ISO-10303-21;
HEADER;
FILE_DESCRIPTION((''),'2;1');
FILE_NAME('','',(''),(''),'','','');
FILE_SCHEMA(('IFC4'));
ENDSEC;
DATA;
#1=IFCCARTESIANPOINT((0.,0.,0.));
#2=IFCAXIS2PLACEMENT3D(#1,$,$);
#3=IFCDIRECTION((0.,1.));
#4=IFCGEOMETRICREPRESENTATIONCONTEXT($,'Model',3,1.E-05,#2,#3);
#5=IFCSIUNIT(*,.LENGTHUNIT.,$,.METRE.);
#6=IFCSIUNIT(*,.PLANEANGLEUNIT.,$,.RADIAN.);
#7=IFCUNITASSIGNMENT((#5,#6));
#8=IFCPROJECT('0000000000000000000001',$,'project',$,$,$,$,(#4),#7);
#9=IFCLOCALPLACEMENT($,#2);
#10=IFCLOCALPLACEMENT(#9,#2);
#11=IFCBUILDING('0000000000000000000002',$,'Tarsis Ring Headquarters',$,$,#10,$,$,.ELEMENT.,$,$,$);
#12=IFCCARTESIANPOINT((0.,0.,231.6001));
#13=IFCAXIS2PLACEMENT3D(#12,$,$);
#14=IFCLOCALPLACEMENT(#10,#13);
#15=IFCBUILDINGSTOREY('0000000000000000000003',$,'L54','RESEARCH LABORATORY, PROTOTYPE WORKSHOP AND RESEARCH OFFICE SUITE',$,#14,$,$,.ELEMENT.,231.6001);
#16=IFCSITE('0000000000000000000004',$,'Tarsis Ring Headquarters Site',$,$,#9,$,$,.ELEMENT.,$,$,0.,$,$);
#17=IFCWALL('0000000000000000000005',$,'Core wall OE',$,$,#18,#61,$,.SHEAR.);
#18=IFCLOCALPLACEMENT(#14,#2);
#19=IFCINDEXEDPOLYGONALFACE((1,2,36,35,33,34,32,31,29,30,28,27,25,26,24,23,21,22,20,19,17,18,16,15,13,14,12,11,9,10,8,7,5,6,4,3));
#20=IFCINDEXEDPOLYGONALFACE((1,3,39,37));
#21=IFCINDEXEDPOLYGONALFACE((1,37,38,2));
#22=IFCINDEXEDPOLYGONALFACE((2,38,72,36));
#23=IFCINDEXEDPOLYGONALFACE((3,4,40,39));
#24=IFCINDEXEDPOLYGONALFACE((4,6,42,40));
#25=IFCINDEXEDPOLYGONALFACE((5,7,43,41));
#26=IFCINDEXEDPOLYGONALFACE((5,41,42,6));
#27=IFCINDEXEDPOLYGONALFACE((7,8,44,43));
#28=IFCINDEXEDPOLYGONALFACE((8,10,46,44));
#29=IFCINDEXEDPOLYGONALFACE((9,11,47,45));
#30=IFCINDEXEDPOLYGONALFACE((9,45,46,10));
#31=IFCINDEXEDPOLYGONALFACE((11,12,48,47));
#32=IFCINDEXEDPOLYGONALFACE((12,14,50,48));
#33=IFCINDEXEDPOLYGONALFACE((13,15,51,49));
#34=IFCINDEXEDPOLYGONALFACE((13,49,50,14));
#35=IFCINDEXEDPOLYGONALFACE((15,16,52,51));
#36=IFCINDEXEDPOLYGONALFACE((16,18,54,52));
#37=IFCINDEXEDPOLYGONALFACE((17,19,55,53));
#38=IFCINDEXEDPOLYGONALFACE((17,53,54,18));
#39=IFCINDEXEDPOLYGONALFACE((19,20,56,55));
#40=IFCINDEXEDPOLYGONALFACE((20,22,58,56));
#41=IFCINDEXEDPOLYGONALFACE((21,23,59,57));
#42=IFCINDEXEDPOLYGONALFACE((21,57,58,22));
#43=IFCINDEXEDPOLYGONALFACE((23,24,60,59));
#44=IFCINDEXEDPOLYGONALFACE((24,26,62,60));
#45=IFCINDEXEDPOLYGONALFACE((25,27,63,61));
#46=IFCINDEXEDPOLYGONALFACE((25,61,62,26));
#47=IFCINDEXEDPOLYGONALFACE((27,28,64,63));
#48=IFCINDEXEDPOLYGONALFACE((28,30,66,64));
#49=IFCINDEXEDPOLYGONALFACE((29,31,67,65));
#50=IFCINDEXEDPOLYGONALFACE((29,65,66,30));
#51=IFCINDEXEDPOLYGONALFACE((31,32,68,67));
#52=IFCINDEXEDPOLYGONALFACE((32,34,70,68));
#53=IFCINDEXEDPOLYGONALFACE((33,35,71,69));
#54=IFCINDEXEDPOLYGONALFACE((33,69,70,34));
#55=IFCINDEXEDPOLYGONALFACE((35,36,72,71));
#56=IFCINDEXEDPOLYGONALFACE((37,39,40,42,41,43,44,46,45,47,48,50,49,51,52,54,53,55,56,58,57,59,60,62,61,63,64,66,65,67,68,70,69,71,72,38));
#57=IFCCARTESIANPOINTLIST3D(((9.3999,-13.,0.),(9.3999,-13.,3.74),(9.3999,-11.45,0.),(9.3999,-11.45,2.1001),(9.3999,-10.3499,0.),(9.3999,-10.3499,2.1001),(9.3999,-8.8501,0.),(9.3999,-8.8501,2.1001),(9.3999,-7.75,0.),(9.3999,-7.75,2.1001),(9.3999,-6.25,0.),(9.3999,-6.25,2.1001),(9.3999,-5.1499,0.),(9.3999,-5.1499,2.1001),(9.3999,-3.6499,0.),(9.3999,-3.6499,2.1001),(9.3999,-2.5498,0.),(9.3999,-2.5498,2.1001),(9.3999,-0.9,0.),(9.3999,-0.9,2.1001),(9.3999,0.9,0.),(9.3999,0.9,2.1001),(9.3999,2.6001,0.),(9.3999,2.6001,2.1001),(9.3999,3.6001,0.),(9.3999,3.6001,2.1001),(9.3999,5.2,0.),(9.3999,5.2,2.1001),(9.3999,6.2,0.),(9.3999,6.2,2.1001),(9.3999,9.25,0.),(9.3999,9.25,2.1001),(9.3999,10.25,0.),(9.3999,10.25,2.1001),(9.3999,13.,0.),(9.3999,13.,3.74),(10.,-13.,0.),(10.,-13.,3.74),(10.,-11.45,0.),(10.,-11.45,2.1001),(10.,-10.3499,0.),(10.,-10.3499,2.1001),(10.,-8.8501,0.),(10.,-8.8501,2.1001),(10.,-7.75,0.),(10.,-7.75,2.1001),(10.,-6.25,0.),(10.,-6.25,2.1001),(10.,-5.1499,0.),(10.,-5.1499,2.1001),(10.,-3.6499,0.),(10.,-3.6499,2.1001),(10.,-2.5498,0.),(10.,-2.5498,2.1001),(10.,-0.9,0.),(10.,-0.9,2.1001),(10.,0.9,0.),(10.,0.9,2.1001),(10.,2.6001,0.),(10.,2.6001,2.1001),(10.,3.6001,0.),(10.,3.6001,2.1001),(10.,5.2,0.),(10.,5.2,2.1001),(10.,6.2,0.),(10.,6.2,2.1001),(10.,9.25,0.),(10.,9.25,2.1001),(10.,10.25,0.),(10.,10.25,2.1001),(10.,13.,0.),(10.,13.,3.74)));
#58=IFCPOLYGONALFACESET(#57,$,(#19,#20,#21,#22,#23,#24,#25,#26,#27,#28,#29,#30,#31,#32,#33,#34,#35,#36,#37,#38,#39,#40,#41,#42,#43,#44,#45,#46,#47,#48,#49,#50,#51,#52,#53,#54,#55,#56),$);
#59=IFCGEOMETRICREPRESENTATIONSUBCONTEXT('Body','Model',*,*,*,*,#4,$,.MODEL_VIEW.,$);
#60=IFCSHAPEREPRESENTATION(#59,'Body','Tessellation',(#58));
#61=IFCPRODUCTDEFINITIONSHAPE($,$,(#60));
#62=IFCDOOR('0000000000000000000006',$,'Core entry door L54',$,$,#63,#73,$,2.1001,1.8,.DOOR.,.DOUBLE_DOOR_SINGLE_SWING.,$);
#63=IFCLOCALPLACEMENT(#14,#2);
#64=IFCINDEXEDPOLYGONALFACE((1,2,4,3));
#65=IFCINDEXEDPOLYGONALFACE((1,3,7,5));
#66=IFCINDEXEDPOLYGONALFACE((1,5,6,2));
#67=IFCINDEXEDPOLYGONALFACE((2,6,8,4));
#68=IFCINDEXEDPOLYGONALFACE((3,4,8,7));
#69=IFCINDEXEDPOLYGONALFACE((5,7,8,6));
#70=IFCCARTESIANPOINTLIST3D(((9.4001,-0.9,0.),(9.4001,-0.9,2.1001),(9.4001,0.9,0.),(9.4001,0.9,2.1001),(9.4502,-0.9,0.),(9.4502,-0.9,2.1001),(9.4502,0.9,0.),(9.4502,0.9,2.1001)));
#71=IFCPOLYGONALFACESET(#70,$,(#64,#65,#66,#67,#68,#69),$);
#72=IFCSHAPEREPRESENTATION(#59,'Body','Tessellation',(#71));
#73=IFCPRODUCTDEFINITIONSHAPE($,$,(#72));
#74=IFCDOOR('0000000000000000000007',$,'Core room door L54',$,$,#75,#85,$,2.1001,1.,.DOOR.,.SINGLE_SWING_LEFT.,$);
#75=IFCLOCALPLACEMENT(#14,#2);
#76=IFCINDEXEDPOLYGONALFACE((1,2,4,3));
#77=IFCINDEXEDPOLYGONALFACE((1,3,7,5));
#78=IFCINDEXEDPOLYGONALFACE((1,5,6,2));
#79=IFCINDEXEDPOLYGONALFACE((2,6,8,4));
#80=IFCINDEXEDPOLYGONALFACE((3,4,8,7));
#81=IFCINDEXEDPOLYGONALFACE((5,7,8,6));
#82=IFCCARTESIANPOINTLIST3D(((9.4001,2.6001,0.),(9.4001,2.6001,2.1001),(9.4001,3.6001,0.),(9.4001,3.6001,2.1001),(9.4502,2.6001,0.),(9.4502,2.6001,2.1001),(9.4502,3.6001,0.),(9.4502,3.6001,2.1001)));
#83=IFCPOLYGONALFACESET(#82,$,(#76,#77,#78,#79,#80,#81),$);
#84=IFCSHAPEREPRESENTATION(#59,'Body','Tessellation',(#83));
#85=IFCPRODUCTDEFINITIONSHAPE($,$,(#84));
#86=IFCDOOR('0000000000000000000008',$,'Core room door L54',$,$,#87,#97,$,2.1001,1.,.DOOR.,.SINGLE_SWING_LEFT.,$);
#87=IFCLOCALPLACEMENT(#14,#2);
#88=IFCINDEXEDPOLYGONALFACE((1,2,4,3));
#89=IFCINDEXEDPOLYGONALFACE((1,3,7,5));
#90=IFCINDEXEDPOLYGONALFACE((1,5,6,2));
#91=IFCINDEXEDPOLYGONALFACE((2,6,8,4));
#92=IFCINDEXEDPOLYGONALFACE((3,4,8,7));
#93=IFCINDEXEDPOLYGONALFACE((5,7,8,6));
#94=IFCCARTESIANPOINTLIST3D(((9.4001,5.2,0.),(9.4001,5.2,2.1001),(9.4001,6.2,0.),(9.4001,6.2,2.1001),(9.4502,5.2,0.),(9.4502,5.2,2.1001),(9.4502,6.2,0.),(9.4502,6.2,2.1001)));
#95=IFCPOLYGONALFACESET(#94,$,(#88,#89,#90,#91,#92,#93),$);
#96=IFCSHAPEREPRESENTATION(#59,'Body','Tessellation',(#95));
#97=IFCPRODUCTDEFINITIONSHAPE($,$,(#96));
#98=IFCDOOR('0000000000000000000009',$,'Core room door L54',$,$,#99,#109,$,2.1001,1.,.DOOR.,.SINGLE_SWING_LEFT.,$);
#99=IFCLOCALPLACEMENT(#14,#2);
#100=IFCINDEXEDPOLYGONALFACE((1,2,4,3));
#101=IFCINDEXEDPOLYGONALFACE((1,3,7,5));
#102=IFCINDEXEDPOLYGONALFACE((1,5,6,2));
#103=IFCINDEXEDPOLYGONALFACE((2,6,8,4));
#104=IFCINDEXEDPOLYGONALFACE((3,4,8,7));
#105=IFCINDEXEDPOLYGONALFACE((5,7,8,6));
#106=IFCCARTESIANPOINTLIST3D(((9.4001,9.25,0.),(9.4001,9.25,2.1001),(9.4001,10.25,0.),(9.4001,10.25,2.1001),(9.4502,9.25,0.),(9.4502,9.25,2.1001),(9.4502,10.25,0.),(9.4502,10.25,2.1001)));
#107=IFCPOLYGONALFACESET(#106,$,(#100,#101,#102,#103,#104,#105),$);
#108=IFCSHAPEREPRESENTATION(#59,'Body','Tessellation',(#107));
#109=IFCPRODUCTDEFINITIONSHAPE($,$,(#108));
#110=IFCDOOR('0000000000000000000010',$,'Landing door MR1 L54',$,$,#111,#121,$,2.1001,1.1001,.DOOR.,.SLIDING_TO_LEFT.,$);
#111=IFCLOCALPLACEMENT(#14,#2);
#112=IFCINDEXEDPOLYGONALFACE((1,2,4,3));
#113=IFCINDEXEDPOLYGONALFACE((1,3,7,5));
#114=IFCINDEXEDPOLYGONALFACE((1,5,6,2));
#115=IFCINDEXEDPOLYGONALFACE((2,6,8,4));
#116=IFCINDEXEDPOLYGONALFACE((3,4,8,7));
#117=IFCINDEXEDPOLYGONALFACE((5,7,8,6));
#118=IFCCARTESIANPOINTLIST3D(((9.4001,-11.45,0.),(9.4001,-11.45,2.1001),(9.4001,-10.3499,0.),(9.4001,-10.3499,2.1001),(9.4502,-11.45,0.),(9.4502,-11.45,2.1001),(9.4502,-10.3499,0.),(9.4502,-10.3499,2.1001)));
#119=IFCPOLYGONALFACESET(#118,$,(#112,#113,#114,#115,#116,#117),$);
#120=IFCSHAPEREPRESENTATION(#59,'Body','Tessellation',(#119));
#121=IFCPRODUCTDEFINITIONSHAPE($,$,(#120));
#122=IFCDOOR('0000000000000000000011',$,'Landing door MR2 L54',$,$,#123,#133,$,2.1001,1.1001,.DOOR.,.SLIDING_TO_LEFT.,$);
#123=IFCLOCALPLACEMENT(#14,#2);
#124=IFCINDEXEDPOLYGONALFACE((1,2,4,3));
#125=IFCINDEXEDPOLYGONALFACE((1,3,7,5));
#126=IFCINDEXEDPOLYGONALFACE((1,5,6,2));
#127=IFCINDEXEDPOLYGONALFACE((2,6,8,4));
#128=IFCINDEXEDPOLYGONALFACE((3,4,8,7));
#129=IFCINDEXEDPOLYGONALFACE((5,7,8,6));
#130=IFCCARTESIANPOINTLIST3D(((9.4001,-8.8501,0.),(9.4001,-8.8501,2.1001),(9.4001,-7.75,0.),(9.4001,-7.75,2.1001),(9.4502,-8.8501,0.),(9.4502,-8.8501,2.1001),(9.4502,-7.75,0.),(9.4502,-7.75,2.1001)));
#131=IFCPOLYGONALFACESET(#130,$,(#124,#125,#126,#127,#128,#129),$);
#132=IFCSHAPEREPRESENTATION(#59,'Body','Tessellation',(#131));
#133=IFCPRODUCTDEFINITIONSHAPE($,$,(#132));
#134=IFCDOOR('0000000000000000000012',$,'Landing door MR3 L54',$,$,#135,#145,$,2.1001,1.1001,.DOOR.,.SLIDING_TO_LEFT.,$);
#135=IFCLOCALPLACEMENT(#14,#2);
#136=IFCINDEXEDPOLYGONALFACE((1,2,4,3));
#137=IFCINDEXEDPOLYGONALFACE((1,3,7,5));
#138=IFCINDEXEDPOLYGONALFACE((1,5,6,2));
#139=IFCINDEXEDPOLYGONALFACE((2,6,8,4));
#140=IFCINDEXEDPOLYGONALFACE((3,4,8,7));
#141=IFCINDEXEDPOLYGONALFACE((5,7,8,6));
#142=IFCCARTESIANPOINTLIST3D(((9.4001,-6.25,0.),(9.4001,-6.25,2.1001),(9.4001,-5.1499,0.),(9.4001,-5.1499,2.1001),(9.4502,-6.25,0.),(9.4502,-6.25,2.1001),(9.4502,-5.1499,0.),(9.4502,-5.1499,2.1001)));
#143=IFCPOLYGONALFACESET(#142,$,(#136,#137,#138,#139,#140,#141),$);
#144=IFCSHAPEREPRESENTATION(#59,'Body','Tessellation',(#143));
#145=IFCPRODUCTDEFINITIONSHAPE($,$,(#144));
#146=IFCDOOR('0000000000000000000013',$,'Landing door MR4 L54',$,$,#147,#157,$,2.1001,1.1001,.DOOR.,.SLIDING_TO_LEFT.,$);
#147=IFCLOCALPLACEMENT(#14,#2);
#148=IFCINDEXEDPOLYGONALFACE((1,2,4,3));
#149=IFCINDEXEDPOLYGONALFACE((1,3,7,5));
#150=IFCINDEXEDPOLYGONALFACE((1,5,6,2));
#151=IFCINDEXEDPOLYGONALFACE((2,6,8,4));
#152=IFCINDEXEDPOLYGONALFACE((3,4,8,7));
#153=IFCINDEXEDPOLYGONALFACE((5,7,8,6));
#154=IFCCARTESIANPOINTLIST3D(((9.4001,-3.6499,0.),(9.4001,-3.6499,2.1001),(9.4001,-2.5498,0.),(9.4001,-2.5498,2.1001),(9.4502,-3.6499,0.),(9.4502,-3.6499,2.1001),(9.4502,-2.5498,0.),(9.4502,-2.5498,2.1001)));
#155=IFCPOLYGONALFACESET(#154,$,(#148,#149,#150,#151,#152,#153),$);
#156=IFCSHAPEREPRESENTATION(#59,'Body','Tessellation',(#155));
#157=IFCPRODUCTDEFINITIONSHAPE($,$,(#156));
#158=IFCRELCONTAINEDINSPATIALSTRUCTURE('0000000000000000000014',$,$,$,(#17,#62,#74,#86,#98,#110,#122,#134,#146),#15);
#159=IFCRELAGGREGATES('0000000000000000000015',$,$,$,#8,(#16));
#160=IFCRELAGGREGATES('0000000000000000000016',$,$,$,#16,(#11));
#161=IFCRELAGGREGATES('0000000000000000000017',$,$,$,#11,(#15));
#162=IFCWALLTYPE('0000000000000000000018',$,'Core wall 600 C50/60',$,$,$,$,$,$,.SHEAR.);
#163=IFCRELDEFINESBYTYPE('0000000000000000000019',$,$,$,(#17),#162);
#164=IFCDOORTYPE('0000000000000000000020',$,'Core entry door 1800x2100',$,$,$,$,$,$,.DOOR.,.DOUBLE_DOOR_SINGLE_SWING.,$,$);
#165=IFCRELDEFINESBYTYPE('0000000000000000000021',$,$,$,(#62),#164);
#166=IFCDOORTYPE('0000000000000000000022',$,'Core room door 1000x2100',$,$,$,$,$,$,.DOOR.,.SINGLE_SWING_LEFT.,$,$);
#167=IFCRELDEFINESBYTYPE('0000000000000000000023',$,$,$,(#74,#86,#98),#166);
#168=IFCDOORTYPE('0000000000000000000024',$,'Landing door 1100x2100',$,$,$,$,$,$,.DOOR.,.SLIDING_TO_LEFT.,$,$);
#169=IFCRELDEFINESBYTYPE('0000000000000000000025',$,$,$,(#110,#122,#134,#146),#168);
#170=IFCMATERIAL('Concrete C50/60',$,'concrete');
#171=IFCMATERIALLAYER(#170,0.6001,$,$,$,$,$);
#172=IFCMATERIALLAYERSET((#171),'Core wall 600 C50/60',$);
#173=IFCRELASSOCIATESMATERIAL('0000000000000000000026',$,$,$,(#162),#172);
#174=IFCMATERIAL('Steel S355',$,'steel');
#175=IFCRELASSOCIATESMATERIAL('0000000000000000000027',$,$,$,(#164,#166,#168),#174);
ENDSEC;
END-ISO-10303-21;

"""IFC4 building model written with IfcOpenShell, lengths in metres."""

from ifc_helpers import new_model, si_unit, direction, frame, frame_2d, origin, place, context, subcontext, project, spatial, rectangle, extrude, material, layer, layer_set, type_object, element, fill, save


model = new_model("IFC4")

# Units and contexts
model_context = context("Model", 3, precision=1e-05, world=origin(), true_north=direction((0.0, 1.0)))
body_context = subcontext(model_context, "Body", "Model", "MODEL_VIEW")
ifc_project = project(units=[si_unit("LENGTHUNIT", "METRE"), si_unit("PLANEANGLEUNIT", "RADIAN")], contexts=[model_context])

# Site, building, storey
site_placement = place(None, origin())
site = spatial("IfcSite", under=ifc_project, at=site_placement, Name="Tarsis Ring Headquarters Site", CompositionType="ELEMENT", RefElevation=0.0)
building_placement = place(site_placement, origin())
building = spatial("IfcBuilding", under=site, at=building_placement, Name="Tarsis Ring Headquarters", CompositionType="ELEMENT")
storey_placement = place(building_placement, frame((0.0, 0.0, 231.6001)))
storey = spatial("IfcBuildingStorey", under=building, at=storey_placement, Name="L54", Description="RESEARCH LABORATORY, PROTOTYPE WORKSHOP AND RESEARCH OFFICE SUITE", CompositionType="ELEMENT", Elevation=231.6001)

# Wall, openings, doors
ifc_material_1 = material(Name="Concrete C50/60", Category="concrete")
ifc_layer_1 = layer(ifc_material_1, 0.6001)
ifc_layer_set_1 = layer_set([ifc_layer_1], Name="Core wall 600 C50/60")
wall_type_1 = type_object("IfcWallType", Name="Core wall 600 C50/60", PredefinedType="SHEAR", material=ifc_layer_set_1)
wall_1_placement = place(storey_placement, frame((9.7, -13.0, 0.0), z_axis=(0.0, 0.0, 1.0), x_axis=(0.0, 1.0, 0.0)))
wall_1 = element("IfcWall", 1, at=wall_1_placement, inside=storey, type_object=wall_type_1, Name="Core wall OE", PredefinedType="SHEAR", context=body_context, shape_type="SweptSolid", body=[
    extrude(rectangle(XDim=26.0, YDim=0.6001, at=frame_2d((13.0, 0.0))), origin(), (0.0, 0.0, 1.0), 3.74),
])
opening_1_placement = place(wall_1_placement, frame((1.55, 0.0, 0.0)))
opening_1 = element("IfcOpeningElement", 2, at=opening_1_placement, cuts=wall_1, PredefinedType="OPENING", context=body_context, shape_type="SweptSolid", body=[
    extrude(rectangle(XDim=1.1001, YDim=2.1001, at=frame_2d((0.55, 1.05))), frame((0.0, 0.3101, 0.0), z_axis=(0.0, -1.0, 0.0), x_axis=(1.0, 0.0, 0.0)), (0.0, 0.0, 1.0), 0.6201),
])
opening_2_placement = place(wall_1_placement, frame((4.1499, 0.0, 0.0)))
opening_2 = element("IfcOpeningElement", 3, at=opening_2_placement, cuts=wall_1, PredefinedType="OPENING", context=body_context, shape_type="SweptSolid", body=[
    extrude(rectangle(XDim=1.1001, YDim=2.1001, at=frame_2d((0.55, 1.05))), frame((0.0, 0.3101, 0.0), z_axis=(0.0, -1.0, 0.0), x_axis=(1.0, 0.0, 0.0)), (0.0, 0.0, 1.0), 0.6201),
])
opening_3_placement = place(wall_1_placement, frame((6.75, 0.0, 0.0)))
opening_3 = element("IfcOpeningElement", 4, at=opening_3_placement, cuts=wall_1, PredefinedType="OPENING", context=body_context, shape_type="SweptSolid", body=[
    extrude(rectangle(XDim=1.1001, YDim=2.1001, at=frame_2d((0.55, 1.05))), frame((0.0, 0.3101, 0.0), z_axis=(0.0, -1.0, 0.0), x_axis=(1.0, 0.0, 0.0)), (0.0, 0.0, 1.0), 0.6201),
])
opening_4_placement = place(wall_1_placement, frame((9.3501, 0.0, 0.0)))
opening_4 = element("IfcOpeningElement", 5, at=opening_4_placement, cuts=wall_1, PredefinedType="OPENING", context=body_context, shape_type="SweptSolid", body=[
    extrude(rectangle(XDim=1.1001, YDim=2.1001, at=frame_2d((0.55, 1.05))), frame((0.0, 0.3101, 0.0), z_axis=(0.0, -1.0, 0.0), x_axis=(1.0, 0.0, 0.0)), (0.0, 0.0, 1.0), 0.6201),
])
opening_5_placement = place(wall_1_placement, frame((12.1001, 0.0, 0.0)))
opening_5 = element("IfcOpeningElement", 6, at=opening_5_placement, cuts=wall_1, PredefinedType="OPENING", context=body_context, shape_type="SweptSolid", body=[
    extrude(rectangle(XDim=1.8, YDim=2.1001, at=frame_2d((0.8999, 1.05))), frame((0.0, 0.3101, 0.0), z_axis=(0.0, -1.0, 0.0), x_axis=(1.0, 0.0, 0.0)), (0.0, 0.0, 1.0), 0.6201),
])
opening_6_placement = place(wall_1_placement, frame((15.6001, 0.0, 0.0)))
opening_6 = element("IfcOpeningElement", 7, at=opening_6_placement, cuts=wall_1, PredefinedType="OPENING", context=body_context, shape_type="SweptSolid", body=[
    extrude(rectangle(XDim=1.0, YDim=2.1001, at=frame_2d((0.5, 1.05))), frame((0.0, 0.3101, 0.0), z_axis=(0.0, -1.0, 0.0), x_axis=(1.0, 0.0, 0.0)), (0.0, 0.0, 1.0), 0.6201),
])
opening_7_placement = place(wall_1_placement, frame((18.2, 0.0, 0.0)))
opening_7 = element("IfcOpeningElement", 8, at=opening_7_placement, cuts=wall_1, PredefinedType="OPENING", context=body_context, shape_type="SweptSolid", body=[
    extrude(rectangle(XDim=1.0, YDim=2.1001, at=frame_2d((0.5, 1.05))), frame((0.0, 0.3101, 0.0), z_axis=(0.0, -1.0, 0.0), x_axis=(1.0, 0.0, 0.0)), (0.0, 0.0, 1.0), 0.6201),
])
opening_8_placement = place(wall_1_placement, frame((22.25, 0.0, 0.0)))
opening_8 = element("IfcOpeningElement", 9, at=opening_8_placement, cuts=wall_1, PredefinedType="OPENING", context=body_context, shape_type="SweptSolid", body=[
    extrude(rectangle(XDim=1.0, YDim=2.1001, at=frame_2d((0.5, 1.05))), frame((0.0, 0.3101, 0.0), z_axis=(0.0, -1.0, 0.0), x_axis=(1.0, 0.0, 0.0)), (0.0, 0.0, 1.0), 0.6201),
])
ifc_material_2 = material(Name="Steel S355", Category="steel")
door_type_1 = type_object("IfcDoorType", Name="Core entry door 1800x2100", OperationType="DOUBLE_DOOR_SINGLE_SWING", PredefinedType="DOOR", material=ifc_material_2)
door_1_placement = place(opening_5_placement, origin())
door_1 = element("IfcDoor", 10, at=door_1_placement, inside=storey, type_object=door_type_1, Name="Core entry door L54", OperationType="DOUBLE_DOOR_SINGLE_SWING", OverallHeight=2.1001, OverallWidth=1.8, PredefinedType="DOOR", context=body_context, shape_type="SweptSolid", body=[
    extrude(rectangle(XDim=1.8, YDim=2.1001, at=frame_2d((0.8999, 1.05))), frame((0.0, 0.2998, 0.0), z_axis=(0.0, -1.0, 0.0), x_axis=(1.0, 0.0, 0.0)), (0.0, 0.0, 1.0), 0.05),
])
fill(opening_5, door_1)
door_type_2 = type_object("IfcDoorType", Name="Core room door 1000x2100", OperationType="SINGLE_SWING_LEFT", PredefinedType="DOOR", material=ifc_material_2)
door_2_placement = place(opening_6_placement, origin())
door_2 = element("IfcDoor", 11, at=door_2_placement, inside=storey, type_object=door_type_2, Name="Core room door L54", OperationType="SINGLE_SWING_LEFT", OverallHeight=2.1001, OverallWidth=1.0, PredefinedType="DOOR", context=body_context, shape_type="SweptSolid", body=[
    extrude(rectangle(XDim=1.0, YDim=2.1001, at=frame_2d((0.5, 1.05))), frame((0.0, 0.2998, 0.0), z_axis=(0.0, -1.0, 0.0), x_axis=(1.0, 0.0, 0.0)), (0.0, 0.0, 1.0), 0.05),
])
fill(opening_6, door_2)
door_3_placement = place(opening_7_placement, origin())
door_3 = element("IfcDoor", 12, at=door_3_placement, inside=storey, type_object=door_type_2, Name="Core room door L54", OperationType="SINGLE_SWING_LEFT", OverallHeight=2.1001, OverallWidth=1.0, PredefinedType="DOOR", context=body_context, shape_type="SweptSolid", body=[
    extrude(rectangle(XDim=1.0, YDim=2.1001, at=frame_2d((0.5, 1.05))), frame((0.0, 0.2998, 0.0), z_axis=(0.0, -1.0, 0.0), x_axis=(1.0, 0.0, 0.0)), (0.0, 0.0, 1.0), 0.05),
])
fill(opening_7, door_3)
door_4_placement = place(opening_8_placement, origin())
door_4 = element("IfcDoor", 13, at=door_4_placement, inside=storey, type_object=door_type_2, Name="Core room door L54", OperationType="SINGLE_SWING_LEFT", OverallHeight=2.1001, OverallWidth=1.0, PredefinedType="DOOR", context=body_context, shape_type="SweptSolid", body=[
    extrude(rectangle(XDim=1.0, YDim=2.1001, at=frame_2d((0.5, 1.05))), frame((0.0, 0.2998, 0.0), z_axis=(0.0, -1.0, 0.0), x_axis=(1.0, 0.0, 0.0)), (0.0, 0.0, 1.0), 0.05),
])
fill(opening_8, door_4)
door_type_3 = type_object("IfcDoorType", Name="Landing door 1100x2100", OperationType="SLIDING_TO_LEFT", PredefinedType="DOOR", material=ifc_material_2)
door_5_placement = place(opening_1_placement, origin())
door_5 = element("IfcDoor", 14, at=door_5_placement, inside=storey, type_object=door_type_3, Name="Landing door MR1 L54", OperationType="SLIDING_TO_LEFT", OverallHeight=2.1001, OverallWidth=1.1001, PredefinedType="DOOR", context=body_context, shape_type="SweptSolid", body=[
    extrude(rectangle(XDim=1.1001, YDim=2.1001, at=frame_2d((0.55, 1.05))), frame((0.0, 0.2998, 0.0), z_axis=(0.0, -1.0, 0.0), x_axis=(1.0, 0.0, 0.0)), (0.0, 0.0, 1.0), 0.05),
])
fill(opening_1, door_5)
door_6_placement = place(opening_2_placement, origin())
door_6 = element("IfcDoor", 15, at=door_6_placement, inside=storey, type_object=door_type_3, Name="Landing door MR2 L54", OperationType="SLIDING_TO_LEFT", OverallHeight=2.1001, OverallWidth=1.1001, PredefinedType="DOOR", context=body_context, shape_type="SweptSolid", body=[
    extrude(rectangle(XDim=1.1001, YDim=2.1001, at=frame_2d((0.55, 1.05))), frame((0.0, 0.2998, 0.0), z_axis=(0.0, -1.0, 0.0), x_axis=(1.0, 0.0, 0.0)), (0.0, 0.0, 1.0), 0.05),
])
fill(opening_2, door_6)
door_7_placement = place(opening_3_placement, origin())
door_7 = element("IfcDoor", 16, at=door_7_placement, inside=storey, type_object=door_type_3, Name="Landing door MR3 L54", OperationType="SLIDING_TO_LEFT", OverallHeight=2.1001, OverallWidth=1.1001, PredefinedType="DOOR", context=body_context, shape_type="SweptSolid", body=[
    extrude(rectangle(XDim=1.1001, YDim=2.1001, at=frame_2d((0.55, 1.05))), frame((0.0, 0.2998, 0.0), z_axis=(0.0, -1.0, 0.0), x_axis=(1.0, 0.0, 0.0)), (0.0, 0.0, 1.0), 0.05),
])
fill(opening_3, door_7)
door_8_placement = place(opening_4_placement, origin())
door_8 = element("IfcDoor", 17, at=door_8_placement, inside=storey, type_object=door_type_3, Name="Landing door MR4 L54", OperationType="SLIDING_TO_LEFT", OverallHeight=2.1001, OverallWidth=1.1001, PredefinedType="DOOR", context=body_context, shape_type="SweptSolid", body=[
    extrude(rectangle(XDim=1.1001, YDim=2.1001, at=frame_2d((0.55, 1.05))), frame((0.0, 0.2998, 0.0), z_axis=(0.0, -1.0, 0.0), x_axis=(1.0, 0.0, 0.0)), (0.0, 0.0, 1.0), 0.05),
])
fill(opening_4, door_8)

save(model, "model.ifc")
